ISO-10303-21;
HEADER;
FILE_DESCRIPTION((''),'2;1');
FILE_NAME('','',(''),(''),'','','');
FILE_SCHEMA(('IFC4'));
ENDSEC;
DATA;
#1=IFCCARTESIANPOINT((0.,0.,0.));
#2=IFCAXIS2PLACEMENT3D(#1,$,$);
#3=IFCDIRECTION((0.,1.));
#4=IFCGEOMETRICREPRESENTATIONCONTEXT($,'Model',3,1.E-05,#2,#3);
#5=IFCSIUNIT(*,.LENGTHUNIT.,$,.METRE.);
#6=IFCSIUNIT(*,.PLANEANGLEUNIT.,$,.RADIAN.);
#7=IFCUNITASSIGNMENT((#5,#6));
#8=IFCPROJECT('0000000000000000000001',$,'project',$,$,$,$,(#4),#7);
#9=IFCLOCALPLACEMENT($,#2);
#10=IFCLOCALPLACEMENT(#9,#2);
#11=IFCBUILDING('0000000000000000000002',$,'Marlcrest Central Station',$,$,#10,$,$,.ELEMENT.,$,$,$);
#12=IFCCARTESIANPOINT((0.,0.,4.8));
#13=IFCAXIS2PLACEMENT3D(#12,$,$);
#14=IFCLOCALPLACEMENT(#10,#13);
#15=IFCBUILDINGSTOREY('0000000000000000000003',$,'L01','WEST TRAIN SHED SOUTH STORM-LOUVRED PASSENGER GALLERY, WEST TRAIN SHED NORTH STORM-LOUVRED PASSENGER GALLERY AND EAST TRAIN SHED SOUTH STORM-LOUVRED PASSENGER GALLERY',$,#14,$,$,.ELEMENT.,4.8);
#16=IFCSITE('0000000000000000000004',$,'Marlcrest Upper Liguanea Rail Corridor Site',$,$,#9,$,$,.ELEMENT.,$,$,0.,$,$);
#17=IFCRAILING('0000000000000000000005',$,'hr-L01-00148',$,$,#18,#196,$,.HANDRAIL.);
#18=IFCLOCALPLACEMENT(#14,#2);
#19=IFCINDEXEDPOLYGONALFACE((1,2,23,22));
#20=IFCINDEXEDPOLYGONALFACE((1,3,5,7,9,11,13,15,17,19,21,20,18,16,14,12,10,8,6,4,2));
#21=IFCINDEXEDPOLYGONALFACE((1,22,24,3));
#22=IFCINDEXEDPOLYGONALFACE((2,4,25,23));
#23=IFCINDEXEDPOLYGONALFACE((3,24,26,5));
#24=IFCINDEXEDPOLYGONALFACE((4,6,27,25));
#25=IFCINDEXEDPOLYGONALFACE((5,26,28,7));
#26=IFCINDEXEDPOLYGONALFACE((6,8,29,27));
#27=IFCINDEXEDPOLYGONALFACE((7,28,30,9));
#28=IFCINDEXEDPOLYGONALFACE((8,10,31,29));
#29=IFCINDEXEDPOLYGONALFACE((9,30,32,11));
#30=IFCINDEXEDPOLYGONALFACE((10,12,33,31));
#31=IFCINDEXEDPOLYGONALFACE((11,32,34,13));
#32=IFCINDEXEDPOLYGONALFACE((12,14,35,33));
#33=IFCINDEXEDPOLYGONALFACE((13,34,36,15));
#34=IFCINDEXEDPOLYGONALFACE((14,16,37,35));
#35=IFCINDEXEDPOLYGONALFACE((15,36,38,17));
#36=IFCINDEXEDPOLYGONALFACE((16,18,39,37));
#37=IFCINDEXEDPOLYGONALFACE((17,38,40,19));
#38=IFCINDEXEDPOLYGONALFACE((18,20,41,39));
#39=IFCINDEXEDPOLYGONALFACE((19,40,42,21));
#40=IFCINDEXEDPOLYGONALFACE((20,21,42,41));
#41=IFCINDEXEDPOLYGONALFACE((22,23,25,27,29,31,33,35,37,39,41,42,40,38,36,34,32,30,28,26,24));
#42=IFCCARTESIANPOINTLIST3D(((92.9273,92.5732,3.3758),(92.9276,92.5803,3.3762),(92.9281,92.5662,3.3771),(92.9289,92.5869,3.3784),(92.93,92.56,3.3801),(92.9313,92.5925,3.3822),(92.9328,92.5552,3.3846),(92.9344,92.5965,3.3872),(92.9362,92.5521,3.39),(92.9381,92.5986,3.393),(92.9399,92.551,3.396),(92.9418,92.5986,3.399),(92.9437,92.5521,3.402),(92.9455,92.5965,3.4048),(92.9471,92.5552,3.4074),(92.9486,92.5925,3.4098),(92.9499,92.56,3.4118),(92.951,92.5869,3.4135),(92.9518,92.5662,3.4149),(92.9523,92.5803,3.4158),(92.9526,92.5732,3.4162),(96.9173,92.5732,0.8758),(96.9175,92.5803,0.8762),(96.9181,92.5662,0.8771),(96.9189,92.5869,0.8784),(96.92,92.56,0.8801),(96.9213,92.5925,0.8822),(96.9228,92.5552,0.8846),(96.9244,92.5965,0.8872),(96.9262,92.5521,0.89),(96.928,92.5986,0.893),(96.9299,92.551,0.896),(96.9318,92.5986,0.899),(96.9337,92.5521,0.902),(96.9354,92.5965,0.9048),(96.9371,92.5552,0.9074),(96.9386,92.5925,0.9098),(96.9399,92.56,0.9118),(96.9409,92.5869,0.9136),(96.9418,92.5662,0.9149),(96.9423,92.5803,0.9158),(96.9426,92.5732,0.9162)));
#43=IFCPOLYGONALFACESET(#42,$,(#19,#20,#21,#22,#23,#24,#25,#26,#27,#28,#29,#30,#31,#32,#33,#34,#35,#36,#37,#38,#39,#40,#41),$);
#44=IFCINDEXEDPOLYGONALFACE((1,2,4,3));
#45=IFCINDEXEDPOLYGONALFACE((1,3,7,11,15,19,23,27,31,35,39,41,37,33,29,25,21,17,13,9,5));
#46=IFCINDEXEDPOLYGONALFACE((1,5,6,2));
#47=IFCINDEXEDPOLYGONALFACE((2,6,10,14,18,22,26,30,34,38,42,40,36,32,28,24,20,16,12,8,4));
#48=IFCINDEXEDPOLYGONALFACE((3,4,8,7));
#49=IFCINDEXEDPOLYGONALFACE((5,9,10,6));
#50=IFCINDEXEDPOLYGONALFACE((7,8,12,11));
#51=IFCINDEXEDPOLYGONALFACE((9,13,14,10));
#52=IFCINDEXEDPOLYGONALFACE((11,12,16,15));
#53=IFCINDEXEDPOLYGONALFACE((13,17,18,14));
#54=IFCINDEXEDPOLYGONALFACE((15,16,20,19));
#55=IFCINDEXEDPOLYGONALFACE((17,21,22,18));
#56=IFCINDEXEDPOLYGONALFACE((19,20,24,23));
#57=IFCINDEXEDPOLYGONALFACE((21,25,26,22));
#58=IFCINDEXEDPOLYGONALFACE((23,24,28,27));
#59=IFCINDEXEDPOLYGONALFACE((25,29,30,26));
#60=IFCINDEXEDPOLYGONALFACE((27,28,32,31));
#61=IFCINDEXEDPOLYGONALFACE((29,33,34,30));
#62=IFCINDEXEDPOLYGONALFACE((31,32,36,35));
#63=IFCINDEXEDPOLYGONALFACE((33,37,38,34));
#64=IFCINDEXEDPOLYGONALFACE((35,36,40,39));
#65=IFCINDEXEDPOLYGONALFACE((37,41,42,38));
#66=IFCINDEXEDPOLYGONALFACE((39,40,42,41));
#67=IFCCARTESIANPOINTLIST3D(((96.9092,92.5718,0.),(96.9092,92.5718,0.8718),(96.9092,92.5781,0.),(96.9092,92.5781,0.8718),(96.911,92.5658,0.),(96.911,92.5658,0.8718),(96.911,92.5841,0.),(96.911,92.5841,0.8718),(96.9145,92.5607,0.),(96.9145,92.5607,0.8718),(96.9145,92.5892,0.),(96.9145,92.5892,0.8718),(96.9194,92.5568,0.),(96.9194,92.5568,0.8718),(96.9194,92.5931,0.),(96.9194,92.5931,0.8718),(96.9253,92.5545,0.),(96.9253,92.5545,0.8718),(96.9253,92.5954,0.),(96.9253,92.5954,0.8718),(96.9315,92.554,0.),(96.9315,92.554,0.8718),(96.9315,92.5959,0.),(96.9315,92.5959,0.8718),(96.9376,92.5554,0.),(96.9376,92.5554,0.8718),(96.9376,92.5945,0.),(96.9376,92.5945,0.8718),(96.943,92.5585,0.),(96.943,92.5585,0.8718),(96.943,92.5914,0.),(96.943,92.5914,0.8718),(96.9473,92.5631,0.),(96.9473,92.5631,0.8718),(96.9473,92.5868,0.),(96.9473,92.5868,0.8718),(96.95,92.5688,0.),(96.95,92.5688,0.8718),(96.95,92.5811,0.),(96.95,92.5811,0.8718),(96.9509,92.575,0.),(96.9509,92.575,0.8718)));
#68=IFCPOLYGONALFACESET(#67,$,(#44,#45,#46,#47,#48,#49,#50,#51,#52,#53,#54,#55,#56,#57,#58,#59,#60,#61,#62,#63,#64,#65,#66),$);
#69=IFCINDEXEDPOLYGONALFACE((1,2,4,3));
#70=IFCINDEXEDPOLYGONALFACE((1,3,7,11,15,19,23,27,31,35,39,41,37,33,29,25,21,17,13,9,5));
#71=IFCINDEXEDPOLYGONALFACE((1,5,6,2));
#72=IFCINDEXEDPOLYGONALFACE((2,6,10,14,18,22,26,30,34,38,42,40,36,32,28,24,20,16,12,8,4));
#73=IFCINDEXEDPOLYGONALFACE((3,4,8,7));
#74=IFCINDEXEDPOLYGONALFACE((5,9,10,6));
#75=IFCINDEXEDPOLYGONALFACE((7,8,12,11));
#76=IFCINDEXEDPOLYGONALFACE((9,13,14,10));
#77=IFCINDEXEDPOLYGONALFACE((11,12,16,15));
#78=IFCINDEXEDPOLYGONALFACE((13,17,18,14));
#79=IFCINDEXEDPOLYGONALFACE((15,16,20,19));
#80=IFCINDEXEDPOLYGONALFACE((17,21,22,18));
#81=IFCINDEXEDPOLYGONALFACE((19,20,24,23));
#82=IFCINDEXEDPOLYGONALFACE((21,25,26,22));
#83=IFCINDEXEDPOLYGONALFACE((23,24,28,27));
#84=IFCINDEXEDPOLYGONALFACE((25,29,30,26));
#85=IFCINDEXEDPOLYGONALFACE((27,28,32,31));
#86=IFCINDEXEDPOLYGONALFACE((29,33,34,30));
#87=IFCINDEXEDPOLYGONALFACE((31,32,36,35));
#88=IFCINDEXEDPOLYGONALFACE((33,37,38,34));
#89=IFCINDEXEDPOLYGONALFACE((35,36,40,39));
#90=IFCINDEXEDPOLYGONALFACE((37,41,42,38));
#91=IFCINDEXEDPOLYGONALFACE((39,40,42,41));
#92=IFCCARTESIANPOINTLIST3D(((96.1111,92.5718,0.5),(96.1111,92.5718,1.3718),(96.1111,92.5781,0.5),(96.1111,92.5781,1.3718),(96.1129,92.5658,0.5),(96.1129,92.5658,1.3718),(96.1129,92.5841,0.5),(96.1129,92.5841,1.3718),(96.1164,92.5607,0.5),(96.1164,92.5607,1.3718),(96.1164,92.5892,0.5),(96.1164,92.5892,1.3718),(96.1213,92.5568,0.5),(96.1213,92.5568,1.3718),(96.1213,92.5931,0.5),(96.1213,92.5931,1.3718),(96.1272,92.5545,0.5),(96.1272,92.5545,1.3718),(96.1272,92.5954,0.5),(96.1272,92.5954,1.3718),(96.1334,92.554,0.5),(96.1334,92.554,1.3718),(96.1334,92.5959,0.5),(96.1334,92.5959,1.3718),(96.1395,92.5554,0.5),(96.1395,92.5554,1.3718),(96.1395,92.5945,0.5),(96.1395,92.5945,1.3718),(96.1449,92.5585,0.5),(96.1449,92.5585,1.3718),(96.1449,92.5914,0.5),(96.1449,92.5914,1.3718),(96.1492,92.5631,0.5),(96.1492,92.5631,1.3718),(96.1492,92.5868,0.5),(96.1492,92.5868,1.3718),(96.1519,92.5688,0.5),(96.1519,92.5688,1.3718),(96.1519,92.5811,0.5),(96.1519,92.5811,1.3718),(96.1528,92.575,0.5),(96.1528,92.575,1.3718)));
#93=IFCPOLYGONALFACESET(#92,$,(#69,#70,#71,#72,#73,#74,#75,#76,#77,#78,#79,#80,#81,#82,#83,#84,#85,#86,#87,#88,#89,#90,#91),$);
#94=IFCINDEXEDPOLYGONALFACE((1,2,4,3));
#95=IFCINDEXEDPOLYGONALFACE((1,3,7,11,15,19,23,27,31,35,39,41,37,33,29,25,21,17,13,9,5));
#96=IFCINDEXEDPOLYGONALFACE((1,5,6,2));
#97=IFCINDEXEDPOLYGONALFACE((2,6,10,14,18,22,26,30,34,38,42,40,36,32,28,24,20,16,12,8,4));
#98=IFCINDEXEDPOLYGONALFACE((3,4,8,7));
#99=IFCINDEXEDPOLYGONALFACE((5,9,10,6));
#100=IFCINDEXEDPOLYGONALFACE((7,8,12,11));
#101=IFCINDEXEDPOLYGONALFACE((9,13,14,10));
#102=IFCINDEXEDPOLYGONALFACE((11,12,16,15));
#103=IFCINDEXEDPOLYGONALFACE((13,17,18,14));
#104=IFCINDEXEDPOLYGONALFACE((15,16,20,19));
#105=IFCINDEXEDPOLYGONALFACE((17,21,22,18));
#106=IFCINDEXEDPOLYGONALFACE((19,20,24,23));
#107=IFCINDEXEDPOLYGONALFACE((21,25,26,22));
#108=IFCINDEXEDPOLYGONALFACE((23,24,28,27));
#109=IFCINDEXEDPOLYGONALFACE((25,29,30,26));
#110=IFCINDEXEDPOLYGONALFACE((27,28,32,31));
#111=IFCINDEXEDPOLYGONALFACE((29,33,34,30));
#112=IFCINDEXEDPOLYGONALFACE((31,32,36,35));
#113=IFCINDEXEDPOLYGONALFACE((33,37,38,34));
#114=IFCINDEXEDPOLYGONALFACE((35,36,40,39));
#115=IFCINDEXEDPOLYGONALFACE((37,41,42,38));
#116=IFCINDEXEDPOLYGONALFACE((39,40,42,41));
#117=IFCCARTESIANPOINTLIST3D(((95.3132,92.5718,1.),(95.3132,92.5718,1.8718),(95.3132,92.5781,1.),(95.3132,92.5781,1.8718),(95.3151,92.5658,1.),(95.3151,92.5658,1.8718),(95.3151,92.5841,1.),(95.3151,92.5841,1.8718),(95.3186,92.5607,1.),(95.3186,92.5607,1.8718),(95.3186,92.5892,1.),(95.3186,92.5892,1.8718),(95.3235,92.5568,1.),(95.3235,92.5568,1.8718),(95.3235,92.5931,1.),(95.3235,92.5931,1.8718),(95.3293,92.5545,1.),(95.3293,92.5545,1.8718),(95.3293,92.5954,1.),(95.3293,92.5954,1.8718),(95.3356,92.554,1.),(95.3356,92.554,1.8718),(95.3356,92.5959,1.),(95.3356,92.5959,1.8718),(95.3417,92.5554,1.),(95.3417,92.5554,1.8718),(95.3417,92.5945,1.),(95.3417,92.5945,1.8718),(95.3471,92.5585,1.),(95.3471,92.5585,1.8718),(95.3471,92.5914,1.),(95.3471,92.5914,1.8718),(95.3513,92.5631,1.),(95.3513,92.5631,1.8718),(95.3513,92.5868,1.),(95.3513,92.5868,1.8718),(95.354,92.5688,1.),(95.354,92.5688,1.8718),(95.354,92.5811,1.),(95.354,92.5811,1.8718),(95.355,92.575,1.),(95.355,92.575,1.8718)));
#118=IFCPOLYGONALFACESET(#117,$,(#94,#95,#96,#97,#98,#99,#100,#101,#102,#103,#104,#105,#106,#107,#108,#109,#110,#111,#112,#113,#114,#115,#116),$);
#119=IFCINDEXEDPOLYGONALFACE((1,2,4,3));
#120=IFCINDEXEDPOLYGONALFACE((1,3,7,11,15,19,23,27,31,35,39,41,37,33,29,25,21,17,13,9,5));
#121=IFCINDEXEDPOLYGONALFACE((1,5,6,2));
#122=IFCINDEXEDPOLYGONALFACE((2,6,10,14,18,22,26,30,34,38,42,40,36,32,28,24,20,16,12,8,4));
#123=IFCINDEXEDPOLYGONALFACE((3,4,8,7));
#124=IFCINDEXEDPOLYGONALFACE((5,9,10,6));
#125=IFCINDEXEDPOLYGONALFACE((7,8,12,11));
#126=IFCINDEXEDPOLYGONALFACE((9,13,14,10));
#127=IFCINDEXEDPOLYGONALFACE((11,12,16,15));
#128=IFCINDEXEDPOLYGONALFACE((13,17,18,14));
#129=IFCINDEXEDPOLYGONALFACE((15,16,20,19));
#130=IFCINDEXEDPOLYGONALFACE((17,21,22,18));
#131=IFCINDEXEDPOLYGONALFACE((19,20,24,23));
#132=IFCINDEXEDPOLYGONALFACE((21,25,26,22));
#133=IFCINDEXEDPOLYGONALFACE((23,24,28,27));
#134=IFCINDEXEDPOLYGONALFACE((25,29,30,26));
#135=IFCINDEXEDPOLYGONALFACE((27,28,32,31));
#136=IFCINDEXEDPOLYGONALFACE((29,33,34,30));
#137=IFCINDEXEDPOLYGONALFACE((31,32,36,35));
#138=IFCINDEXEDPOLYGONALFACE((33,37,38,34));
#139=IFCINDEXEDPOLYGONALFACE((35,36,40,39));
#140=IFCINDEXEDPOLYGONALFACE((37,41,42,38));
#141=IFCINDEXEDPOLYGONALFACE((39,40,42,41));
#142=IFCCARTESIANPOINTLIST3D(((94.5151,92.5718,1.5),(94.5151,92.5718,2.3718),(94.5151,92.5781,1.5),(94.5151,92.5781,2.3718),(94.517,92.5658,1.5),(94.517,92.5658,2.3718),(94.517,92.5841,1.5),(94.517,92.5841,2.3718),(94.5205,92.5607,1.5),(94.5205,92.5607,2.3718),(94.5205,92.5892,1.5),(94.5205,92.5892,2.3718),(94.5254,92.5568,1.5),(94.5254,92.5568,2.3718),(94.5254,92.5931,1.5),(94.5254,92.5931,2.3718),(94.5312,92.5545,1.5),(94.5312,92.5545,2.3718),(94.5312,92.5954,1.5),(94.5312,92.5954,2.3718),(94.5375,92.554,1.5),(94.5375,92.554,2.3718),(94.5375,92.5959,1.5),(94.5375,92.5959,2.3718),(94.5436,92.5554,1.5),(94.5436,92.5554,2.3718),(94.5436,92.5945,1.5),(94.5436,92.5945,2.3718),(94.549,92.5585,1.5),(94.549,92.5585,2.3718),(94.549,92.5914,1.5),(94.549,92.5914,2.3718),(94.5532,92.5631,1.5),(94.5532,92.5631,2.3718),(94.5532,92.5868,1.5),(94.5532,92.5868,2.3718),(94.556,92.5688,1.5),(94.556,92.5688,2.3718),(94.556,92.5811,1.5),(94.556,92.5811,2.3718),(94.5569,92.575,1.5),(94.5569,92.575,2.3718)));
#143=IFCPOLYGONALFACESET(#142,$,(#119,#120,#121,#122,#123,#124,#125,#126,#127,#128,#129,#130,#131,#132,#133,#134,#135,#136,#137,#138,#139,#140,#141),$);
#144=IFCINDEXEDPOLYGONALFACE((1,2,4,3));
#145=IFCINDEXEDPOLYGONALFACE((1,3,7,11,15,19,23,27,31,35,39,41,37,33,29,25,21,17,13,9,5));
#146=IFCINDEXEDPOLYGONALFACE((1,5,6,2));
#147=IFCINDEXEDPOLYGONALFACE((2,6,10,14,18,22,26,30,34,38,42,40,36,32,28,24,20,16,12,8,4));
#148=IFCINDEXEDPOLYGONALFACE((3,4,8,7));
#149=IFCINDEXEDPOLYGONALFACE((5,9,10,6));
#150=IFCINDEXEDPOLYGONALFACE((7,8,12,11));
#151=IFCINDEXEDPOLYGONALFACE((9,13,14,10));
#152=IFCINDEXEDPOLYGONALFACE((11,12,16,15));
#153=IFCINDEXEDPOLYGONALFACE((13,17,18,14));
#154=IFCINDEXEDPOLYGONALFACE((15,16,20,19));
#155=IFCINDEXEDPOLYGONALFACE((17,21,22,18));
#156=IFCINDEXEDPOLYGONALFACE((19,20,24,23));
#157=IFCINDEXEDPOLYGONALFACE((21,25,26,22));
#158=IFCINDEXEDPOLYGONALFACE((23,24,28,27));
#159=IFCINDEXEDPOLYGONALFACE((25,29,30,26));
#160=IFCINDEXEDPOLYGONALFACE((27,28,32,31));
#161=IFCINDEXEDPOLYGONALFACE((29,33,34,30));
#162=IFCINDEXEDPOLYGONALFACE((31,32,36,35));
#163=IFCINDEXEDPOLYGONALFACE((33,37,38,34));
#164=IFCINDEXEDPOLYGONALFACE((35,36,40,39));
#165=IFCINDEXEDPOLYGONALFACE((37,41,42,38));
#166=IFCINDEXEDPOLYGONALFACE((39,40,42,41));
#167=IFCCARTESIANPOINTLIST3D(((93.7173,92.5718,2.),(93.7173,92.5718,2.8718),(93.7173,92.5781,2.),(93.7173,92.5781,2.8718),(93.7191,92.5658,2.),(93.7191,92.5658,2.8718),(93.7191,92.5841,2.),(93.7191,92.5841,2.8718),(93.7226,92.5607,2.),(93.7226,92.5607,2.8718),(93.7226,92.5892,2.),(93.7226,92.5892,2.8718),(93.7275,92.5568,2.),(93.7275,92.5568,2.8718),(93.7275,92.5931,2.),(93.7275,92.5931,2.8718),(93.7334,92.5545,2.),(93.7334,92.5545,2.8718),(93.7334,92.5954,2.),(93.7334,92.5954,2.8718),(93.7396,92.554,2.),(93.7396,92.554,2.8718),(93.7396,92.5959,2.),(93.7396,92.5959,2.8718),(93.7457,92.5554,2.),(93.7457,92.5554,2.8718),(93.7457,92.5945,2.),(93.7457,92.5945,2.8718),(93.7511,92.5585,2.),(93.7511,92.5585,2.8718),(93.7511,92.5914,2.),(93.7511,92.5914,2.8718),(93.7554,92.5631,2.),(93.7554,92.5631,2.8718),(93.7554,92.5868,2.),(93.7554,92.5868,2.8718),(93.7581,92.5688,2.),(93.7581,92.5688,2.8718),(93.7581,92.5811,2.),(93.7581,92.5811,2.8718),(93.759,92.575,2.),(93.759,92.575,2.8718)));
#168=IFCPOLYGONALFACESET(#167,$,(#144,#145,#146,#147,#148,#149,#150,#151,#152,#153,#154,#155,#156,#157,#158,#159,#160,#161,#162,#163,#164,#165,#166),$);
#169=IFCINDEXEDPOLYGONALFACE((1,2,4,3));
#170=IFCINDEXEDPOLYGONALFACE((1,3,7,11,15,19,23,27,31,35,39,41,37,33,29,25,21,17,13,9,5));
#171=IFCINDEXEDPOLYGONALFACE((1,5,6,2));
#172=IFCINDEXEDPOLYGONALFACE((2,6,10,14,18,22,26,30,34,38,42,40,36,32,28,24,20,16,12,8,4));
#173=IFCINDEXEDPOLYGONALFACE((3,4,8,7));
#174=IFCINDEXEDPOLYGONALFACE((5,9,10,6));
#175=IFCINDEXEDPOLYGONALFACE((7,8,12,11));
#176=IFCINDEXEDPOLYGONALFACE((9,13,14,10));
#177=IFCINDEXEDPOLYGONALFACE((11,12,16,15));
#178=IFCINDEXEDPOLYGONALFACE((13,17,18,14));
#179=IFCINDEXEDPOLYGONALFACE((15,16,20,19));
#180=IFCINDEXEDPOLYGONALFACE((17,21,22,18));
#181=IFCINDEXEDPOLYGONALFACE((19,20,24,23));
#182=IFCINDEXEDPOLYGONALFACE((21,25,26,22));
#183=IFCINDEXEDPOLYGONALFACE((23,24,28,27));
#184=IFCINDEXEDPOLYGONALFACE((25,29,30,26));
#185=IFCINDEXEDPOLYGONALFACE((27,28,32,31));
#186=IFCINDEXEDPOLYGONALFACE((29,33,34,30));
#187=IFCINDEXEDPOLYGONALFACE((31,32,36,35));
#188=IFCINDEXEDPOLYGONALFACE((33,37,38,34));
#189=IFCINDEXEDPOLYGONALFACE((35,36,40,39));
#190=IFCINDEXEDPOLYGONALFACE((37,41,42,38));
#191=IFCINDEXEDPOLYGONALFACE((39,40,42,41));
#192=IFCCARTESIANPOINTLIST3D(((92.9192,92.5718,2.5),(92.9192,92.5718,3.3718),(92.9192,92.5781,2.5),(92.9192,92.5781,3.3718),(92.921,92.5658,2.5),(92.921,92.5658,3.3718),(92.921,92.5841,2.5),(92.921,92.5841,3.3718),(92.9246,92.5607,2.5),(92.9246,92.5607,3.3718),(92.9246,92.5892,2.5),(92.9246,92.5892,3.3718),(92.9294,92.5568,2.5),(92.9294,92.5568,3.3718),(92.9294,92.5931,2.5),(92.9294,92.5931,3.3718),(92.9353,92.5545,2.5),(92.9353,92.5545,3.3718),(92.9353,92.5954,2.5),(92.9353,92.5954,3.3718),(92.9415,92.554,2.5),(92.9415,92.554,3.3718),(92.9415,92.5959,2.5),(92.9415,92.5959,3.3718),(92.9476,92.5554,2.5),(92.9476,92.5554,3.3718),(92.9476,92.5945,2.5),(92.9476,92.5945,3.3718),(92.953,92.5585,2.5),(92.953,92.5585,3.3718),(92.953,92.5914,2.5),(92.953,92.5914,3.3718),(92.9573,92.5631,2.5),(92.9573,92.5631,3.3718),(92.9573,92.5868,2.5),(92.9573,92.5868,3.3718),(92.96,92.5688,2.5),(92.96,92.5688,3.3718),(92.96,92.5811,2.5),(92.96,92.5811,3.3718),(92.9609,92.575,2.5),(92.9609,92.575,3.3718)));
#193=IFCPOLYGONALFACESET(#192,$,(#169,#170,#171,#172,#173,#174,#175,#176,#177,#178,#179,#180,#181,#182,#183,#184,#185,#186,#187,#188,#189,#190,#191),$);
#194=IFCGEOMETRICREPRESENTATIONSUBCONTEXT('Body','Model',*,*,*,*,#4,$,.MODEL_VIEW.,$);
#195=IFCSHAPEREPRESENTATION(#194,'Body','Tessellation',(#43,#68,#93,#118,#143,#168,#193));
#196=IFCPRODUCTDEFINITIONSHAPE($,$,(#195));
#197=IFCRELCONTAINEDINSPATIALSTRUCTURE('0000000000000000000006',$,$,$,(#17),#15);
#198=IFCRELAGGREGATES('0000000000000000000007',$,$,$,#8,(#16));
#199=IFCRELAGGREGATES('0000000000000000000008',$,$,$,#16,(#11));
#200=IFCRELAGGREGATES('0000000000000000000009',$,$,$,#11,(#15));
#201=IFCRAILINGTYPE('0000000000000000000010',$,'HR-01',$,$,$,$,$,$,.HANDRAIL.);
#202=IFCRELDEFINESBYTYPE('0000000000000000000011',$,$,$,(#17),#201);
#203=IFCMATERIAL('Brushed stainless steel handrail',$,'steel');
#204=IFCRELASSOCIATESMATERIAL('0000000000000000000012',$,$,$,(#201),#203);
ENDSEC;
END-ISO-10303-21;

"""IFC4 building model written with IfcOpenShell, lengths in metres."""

from ifc_helpers import new_model, si_unit, direction, frame, origin, origin_2d, place, context, subcontext, project, spatial, circle, extrude, material, type_object, element, save


model = new_model("IFC4")

# Units and contexts
model_context = context("Model", 3, precision=1e-05, world=origin(), true_north=direction((0.0, 1.0)))
body_context = subcontext(model_context, "Body", "Model", "MODEL_VIEW")
ifc_project = project(units=[si_unit("LENGTHUNIT", "METRE"), si_unit("PLANEANGLEUNIT", "RADIAN")], contexts=[model_context])

# Site, building, storey
site_placement = place(None, origin())
site = spatial("IfcSite", under=ifc_project, at=site_placement, Name="Marlcrest Upper Liguanea Rail Corridor Site", CompositionType="ELEMENT", RefElevation=0.0)
building_placement = place(site_placement, origin())
building = spatial("IfcBuilding", under=site, at=building_placement, Name="Marlcrest Central Station", CompositionType="ELEMENT")
storey_placement = place(building_placement, frame((0.0, 0.0, 4.8)))
storey = spatial("IfcBuildingStorey", under=building, at=storey_placement, Name="L01", Description="WEST TRAIN SHED SOUTH STORM-LOUVRED PASSENGER GALLERY, WEST TRAIN SHED NORTH STORM-LOUVRED PASSENGER GALLERY AND EAST TRAIN SHED SOUTH STORM-LOUVRED PASSENGER GALLERY", CompositionType="ELEMENT", Elevation=4.8)

# Railing
ifc_material_1 = material(Name="Brushed stainless steel handrail", Category="steel")
railing_type_1 = type_object("IfcRailingType", Name="HR-01", PredefinedType="HANDRAIL", material=ifc_material_1)
railing_1_placement = place(storey_placement, frame((96.9299, 92.575, 0.0)))
element("IfcRailing", 1, at=railing_1_placement, inside=storey, type_object=railing_type_1, Name="hr-L01-00148", PredefinedType="HANDRAIL", context=body_context, shape_type="SweptSolid", body=[
    extrude(circle(Radius=0.0239, at=origin_2d()), frame((0.0, 0.0, 0.896), z_axis=(-0.847401, 0.0, 0.530954), x_axis=(0.0, -1.0, 0.0)), (0.0, 0.0, 1.0), 4.7085),
    extrude(circle(Radius=0.021, at=origin_2d()), origin(), (0.0, 0.0, 1.0), 0.8718),
    extrude(circle(Radius=0.021, at=origin_2d()), frame((-0.7981, 0.0, 0.5)), (0.0, 0.0, 1.0), 0.8718),
    extrude(circle(Radius=0.021, at=origin_2d()), frame((-1.5959, 0.0, 1.0)), (0.0, 0.0, 1.0), 0.8718),
    extrude(circle(Radius=0.021, at=origin_2d()), frame((-2.394, 0.0, 1.5)), (0.0, 0.0, 1.0), 0.8718),
    extrude(circle(Radius=0.021, at=origin_2d()), frame((-3.1919, 0.0, 2.0)), (0.0, 0.0, 1.0), 0.8718),
    extrude(circle(Radius=0.021, at=origin_2d()), frame((-3.99, 0.0, 2.5)), (0.0, 0.0, 1.0), 0.8718),
])

save(model, "model.ifc")
